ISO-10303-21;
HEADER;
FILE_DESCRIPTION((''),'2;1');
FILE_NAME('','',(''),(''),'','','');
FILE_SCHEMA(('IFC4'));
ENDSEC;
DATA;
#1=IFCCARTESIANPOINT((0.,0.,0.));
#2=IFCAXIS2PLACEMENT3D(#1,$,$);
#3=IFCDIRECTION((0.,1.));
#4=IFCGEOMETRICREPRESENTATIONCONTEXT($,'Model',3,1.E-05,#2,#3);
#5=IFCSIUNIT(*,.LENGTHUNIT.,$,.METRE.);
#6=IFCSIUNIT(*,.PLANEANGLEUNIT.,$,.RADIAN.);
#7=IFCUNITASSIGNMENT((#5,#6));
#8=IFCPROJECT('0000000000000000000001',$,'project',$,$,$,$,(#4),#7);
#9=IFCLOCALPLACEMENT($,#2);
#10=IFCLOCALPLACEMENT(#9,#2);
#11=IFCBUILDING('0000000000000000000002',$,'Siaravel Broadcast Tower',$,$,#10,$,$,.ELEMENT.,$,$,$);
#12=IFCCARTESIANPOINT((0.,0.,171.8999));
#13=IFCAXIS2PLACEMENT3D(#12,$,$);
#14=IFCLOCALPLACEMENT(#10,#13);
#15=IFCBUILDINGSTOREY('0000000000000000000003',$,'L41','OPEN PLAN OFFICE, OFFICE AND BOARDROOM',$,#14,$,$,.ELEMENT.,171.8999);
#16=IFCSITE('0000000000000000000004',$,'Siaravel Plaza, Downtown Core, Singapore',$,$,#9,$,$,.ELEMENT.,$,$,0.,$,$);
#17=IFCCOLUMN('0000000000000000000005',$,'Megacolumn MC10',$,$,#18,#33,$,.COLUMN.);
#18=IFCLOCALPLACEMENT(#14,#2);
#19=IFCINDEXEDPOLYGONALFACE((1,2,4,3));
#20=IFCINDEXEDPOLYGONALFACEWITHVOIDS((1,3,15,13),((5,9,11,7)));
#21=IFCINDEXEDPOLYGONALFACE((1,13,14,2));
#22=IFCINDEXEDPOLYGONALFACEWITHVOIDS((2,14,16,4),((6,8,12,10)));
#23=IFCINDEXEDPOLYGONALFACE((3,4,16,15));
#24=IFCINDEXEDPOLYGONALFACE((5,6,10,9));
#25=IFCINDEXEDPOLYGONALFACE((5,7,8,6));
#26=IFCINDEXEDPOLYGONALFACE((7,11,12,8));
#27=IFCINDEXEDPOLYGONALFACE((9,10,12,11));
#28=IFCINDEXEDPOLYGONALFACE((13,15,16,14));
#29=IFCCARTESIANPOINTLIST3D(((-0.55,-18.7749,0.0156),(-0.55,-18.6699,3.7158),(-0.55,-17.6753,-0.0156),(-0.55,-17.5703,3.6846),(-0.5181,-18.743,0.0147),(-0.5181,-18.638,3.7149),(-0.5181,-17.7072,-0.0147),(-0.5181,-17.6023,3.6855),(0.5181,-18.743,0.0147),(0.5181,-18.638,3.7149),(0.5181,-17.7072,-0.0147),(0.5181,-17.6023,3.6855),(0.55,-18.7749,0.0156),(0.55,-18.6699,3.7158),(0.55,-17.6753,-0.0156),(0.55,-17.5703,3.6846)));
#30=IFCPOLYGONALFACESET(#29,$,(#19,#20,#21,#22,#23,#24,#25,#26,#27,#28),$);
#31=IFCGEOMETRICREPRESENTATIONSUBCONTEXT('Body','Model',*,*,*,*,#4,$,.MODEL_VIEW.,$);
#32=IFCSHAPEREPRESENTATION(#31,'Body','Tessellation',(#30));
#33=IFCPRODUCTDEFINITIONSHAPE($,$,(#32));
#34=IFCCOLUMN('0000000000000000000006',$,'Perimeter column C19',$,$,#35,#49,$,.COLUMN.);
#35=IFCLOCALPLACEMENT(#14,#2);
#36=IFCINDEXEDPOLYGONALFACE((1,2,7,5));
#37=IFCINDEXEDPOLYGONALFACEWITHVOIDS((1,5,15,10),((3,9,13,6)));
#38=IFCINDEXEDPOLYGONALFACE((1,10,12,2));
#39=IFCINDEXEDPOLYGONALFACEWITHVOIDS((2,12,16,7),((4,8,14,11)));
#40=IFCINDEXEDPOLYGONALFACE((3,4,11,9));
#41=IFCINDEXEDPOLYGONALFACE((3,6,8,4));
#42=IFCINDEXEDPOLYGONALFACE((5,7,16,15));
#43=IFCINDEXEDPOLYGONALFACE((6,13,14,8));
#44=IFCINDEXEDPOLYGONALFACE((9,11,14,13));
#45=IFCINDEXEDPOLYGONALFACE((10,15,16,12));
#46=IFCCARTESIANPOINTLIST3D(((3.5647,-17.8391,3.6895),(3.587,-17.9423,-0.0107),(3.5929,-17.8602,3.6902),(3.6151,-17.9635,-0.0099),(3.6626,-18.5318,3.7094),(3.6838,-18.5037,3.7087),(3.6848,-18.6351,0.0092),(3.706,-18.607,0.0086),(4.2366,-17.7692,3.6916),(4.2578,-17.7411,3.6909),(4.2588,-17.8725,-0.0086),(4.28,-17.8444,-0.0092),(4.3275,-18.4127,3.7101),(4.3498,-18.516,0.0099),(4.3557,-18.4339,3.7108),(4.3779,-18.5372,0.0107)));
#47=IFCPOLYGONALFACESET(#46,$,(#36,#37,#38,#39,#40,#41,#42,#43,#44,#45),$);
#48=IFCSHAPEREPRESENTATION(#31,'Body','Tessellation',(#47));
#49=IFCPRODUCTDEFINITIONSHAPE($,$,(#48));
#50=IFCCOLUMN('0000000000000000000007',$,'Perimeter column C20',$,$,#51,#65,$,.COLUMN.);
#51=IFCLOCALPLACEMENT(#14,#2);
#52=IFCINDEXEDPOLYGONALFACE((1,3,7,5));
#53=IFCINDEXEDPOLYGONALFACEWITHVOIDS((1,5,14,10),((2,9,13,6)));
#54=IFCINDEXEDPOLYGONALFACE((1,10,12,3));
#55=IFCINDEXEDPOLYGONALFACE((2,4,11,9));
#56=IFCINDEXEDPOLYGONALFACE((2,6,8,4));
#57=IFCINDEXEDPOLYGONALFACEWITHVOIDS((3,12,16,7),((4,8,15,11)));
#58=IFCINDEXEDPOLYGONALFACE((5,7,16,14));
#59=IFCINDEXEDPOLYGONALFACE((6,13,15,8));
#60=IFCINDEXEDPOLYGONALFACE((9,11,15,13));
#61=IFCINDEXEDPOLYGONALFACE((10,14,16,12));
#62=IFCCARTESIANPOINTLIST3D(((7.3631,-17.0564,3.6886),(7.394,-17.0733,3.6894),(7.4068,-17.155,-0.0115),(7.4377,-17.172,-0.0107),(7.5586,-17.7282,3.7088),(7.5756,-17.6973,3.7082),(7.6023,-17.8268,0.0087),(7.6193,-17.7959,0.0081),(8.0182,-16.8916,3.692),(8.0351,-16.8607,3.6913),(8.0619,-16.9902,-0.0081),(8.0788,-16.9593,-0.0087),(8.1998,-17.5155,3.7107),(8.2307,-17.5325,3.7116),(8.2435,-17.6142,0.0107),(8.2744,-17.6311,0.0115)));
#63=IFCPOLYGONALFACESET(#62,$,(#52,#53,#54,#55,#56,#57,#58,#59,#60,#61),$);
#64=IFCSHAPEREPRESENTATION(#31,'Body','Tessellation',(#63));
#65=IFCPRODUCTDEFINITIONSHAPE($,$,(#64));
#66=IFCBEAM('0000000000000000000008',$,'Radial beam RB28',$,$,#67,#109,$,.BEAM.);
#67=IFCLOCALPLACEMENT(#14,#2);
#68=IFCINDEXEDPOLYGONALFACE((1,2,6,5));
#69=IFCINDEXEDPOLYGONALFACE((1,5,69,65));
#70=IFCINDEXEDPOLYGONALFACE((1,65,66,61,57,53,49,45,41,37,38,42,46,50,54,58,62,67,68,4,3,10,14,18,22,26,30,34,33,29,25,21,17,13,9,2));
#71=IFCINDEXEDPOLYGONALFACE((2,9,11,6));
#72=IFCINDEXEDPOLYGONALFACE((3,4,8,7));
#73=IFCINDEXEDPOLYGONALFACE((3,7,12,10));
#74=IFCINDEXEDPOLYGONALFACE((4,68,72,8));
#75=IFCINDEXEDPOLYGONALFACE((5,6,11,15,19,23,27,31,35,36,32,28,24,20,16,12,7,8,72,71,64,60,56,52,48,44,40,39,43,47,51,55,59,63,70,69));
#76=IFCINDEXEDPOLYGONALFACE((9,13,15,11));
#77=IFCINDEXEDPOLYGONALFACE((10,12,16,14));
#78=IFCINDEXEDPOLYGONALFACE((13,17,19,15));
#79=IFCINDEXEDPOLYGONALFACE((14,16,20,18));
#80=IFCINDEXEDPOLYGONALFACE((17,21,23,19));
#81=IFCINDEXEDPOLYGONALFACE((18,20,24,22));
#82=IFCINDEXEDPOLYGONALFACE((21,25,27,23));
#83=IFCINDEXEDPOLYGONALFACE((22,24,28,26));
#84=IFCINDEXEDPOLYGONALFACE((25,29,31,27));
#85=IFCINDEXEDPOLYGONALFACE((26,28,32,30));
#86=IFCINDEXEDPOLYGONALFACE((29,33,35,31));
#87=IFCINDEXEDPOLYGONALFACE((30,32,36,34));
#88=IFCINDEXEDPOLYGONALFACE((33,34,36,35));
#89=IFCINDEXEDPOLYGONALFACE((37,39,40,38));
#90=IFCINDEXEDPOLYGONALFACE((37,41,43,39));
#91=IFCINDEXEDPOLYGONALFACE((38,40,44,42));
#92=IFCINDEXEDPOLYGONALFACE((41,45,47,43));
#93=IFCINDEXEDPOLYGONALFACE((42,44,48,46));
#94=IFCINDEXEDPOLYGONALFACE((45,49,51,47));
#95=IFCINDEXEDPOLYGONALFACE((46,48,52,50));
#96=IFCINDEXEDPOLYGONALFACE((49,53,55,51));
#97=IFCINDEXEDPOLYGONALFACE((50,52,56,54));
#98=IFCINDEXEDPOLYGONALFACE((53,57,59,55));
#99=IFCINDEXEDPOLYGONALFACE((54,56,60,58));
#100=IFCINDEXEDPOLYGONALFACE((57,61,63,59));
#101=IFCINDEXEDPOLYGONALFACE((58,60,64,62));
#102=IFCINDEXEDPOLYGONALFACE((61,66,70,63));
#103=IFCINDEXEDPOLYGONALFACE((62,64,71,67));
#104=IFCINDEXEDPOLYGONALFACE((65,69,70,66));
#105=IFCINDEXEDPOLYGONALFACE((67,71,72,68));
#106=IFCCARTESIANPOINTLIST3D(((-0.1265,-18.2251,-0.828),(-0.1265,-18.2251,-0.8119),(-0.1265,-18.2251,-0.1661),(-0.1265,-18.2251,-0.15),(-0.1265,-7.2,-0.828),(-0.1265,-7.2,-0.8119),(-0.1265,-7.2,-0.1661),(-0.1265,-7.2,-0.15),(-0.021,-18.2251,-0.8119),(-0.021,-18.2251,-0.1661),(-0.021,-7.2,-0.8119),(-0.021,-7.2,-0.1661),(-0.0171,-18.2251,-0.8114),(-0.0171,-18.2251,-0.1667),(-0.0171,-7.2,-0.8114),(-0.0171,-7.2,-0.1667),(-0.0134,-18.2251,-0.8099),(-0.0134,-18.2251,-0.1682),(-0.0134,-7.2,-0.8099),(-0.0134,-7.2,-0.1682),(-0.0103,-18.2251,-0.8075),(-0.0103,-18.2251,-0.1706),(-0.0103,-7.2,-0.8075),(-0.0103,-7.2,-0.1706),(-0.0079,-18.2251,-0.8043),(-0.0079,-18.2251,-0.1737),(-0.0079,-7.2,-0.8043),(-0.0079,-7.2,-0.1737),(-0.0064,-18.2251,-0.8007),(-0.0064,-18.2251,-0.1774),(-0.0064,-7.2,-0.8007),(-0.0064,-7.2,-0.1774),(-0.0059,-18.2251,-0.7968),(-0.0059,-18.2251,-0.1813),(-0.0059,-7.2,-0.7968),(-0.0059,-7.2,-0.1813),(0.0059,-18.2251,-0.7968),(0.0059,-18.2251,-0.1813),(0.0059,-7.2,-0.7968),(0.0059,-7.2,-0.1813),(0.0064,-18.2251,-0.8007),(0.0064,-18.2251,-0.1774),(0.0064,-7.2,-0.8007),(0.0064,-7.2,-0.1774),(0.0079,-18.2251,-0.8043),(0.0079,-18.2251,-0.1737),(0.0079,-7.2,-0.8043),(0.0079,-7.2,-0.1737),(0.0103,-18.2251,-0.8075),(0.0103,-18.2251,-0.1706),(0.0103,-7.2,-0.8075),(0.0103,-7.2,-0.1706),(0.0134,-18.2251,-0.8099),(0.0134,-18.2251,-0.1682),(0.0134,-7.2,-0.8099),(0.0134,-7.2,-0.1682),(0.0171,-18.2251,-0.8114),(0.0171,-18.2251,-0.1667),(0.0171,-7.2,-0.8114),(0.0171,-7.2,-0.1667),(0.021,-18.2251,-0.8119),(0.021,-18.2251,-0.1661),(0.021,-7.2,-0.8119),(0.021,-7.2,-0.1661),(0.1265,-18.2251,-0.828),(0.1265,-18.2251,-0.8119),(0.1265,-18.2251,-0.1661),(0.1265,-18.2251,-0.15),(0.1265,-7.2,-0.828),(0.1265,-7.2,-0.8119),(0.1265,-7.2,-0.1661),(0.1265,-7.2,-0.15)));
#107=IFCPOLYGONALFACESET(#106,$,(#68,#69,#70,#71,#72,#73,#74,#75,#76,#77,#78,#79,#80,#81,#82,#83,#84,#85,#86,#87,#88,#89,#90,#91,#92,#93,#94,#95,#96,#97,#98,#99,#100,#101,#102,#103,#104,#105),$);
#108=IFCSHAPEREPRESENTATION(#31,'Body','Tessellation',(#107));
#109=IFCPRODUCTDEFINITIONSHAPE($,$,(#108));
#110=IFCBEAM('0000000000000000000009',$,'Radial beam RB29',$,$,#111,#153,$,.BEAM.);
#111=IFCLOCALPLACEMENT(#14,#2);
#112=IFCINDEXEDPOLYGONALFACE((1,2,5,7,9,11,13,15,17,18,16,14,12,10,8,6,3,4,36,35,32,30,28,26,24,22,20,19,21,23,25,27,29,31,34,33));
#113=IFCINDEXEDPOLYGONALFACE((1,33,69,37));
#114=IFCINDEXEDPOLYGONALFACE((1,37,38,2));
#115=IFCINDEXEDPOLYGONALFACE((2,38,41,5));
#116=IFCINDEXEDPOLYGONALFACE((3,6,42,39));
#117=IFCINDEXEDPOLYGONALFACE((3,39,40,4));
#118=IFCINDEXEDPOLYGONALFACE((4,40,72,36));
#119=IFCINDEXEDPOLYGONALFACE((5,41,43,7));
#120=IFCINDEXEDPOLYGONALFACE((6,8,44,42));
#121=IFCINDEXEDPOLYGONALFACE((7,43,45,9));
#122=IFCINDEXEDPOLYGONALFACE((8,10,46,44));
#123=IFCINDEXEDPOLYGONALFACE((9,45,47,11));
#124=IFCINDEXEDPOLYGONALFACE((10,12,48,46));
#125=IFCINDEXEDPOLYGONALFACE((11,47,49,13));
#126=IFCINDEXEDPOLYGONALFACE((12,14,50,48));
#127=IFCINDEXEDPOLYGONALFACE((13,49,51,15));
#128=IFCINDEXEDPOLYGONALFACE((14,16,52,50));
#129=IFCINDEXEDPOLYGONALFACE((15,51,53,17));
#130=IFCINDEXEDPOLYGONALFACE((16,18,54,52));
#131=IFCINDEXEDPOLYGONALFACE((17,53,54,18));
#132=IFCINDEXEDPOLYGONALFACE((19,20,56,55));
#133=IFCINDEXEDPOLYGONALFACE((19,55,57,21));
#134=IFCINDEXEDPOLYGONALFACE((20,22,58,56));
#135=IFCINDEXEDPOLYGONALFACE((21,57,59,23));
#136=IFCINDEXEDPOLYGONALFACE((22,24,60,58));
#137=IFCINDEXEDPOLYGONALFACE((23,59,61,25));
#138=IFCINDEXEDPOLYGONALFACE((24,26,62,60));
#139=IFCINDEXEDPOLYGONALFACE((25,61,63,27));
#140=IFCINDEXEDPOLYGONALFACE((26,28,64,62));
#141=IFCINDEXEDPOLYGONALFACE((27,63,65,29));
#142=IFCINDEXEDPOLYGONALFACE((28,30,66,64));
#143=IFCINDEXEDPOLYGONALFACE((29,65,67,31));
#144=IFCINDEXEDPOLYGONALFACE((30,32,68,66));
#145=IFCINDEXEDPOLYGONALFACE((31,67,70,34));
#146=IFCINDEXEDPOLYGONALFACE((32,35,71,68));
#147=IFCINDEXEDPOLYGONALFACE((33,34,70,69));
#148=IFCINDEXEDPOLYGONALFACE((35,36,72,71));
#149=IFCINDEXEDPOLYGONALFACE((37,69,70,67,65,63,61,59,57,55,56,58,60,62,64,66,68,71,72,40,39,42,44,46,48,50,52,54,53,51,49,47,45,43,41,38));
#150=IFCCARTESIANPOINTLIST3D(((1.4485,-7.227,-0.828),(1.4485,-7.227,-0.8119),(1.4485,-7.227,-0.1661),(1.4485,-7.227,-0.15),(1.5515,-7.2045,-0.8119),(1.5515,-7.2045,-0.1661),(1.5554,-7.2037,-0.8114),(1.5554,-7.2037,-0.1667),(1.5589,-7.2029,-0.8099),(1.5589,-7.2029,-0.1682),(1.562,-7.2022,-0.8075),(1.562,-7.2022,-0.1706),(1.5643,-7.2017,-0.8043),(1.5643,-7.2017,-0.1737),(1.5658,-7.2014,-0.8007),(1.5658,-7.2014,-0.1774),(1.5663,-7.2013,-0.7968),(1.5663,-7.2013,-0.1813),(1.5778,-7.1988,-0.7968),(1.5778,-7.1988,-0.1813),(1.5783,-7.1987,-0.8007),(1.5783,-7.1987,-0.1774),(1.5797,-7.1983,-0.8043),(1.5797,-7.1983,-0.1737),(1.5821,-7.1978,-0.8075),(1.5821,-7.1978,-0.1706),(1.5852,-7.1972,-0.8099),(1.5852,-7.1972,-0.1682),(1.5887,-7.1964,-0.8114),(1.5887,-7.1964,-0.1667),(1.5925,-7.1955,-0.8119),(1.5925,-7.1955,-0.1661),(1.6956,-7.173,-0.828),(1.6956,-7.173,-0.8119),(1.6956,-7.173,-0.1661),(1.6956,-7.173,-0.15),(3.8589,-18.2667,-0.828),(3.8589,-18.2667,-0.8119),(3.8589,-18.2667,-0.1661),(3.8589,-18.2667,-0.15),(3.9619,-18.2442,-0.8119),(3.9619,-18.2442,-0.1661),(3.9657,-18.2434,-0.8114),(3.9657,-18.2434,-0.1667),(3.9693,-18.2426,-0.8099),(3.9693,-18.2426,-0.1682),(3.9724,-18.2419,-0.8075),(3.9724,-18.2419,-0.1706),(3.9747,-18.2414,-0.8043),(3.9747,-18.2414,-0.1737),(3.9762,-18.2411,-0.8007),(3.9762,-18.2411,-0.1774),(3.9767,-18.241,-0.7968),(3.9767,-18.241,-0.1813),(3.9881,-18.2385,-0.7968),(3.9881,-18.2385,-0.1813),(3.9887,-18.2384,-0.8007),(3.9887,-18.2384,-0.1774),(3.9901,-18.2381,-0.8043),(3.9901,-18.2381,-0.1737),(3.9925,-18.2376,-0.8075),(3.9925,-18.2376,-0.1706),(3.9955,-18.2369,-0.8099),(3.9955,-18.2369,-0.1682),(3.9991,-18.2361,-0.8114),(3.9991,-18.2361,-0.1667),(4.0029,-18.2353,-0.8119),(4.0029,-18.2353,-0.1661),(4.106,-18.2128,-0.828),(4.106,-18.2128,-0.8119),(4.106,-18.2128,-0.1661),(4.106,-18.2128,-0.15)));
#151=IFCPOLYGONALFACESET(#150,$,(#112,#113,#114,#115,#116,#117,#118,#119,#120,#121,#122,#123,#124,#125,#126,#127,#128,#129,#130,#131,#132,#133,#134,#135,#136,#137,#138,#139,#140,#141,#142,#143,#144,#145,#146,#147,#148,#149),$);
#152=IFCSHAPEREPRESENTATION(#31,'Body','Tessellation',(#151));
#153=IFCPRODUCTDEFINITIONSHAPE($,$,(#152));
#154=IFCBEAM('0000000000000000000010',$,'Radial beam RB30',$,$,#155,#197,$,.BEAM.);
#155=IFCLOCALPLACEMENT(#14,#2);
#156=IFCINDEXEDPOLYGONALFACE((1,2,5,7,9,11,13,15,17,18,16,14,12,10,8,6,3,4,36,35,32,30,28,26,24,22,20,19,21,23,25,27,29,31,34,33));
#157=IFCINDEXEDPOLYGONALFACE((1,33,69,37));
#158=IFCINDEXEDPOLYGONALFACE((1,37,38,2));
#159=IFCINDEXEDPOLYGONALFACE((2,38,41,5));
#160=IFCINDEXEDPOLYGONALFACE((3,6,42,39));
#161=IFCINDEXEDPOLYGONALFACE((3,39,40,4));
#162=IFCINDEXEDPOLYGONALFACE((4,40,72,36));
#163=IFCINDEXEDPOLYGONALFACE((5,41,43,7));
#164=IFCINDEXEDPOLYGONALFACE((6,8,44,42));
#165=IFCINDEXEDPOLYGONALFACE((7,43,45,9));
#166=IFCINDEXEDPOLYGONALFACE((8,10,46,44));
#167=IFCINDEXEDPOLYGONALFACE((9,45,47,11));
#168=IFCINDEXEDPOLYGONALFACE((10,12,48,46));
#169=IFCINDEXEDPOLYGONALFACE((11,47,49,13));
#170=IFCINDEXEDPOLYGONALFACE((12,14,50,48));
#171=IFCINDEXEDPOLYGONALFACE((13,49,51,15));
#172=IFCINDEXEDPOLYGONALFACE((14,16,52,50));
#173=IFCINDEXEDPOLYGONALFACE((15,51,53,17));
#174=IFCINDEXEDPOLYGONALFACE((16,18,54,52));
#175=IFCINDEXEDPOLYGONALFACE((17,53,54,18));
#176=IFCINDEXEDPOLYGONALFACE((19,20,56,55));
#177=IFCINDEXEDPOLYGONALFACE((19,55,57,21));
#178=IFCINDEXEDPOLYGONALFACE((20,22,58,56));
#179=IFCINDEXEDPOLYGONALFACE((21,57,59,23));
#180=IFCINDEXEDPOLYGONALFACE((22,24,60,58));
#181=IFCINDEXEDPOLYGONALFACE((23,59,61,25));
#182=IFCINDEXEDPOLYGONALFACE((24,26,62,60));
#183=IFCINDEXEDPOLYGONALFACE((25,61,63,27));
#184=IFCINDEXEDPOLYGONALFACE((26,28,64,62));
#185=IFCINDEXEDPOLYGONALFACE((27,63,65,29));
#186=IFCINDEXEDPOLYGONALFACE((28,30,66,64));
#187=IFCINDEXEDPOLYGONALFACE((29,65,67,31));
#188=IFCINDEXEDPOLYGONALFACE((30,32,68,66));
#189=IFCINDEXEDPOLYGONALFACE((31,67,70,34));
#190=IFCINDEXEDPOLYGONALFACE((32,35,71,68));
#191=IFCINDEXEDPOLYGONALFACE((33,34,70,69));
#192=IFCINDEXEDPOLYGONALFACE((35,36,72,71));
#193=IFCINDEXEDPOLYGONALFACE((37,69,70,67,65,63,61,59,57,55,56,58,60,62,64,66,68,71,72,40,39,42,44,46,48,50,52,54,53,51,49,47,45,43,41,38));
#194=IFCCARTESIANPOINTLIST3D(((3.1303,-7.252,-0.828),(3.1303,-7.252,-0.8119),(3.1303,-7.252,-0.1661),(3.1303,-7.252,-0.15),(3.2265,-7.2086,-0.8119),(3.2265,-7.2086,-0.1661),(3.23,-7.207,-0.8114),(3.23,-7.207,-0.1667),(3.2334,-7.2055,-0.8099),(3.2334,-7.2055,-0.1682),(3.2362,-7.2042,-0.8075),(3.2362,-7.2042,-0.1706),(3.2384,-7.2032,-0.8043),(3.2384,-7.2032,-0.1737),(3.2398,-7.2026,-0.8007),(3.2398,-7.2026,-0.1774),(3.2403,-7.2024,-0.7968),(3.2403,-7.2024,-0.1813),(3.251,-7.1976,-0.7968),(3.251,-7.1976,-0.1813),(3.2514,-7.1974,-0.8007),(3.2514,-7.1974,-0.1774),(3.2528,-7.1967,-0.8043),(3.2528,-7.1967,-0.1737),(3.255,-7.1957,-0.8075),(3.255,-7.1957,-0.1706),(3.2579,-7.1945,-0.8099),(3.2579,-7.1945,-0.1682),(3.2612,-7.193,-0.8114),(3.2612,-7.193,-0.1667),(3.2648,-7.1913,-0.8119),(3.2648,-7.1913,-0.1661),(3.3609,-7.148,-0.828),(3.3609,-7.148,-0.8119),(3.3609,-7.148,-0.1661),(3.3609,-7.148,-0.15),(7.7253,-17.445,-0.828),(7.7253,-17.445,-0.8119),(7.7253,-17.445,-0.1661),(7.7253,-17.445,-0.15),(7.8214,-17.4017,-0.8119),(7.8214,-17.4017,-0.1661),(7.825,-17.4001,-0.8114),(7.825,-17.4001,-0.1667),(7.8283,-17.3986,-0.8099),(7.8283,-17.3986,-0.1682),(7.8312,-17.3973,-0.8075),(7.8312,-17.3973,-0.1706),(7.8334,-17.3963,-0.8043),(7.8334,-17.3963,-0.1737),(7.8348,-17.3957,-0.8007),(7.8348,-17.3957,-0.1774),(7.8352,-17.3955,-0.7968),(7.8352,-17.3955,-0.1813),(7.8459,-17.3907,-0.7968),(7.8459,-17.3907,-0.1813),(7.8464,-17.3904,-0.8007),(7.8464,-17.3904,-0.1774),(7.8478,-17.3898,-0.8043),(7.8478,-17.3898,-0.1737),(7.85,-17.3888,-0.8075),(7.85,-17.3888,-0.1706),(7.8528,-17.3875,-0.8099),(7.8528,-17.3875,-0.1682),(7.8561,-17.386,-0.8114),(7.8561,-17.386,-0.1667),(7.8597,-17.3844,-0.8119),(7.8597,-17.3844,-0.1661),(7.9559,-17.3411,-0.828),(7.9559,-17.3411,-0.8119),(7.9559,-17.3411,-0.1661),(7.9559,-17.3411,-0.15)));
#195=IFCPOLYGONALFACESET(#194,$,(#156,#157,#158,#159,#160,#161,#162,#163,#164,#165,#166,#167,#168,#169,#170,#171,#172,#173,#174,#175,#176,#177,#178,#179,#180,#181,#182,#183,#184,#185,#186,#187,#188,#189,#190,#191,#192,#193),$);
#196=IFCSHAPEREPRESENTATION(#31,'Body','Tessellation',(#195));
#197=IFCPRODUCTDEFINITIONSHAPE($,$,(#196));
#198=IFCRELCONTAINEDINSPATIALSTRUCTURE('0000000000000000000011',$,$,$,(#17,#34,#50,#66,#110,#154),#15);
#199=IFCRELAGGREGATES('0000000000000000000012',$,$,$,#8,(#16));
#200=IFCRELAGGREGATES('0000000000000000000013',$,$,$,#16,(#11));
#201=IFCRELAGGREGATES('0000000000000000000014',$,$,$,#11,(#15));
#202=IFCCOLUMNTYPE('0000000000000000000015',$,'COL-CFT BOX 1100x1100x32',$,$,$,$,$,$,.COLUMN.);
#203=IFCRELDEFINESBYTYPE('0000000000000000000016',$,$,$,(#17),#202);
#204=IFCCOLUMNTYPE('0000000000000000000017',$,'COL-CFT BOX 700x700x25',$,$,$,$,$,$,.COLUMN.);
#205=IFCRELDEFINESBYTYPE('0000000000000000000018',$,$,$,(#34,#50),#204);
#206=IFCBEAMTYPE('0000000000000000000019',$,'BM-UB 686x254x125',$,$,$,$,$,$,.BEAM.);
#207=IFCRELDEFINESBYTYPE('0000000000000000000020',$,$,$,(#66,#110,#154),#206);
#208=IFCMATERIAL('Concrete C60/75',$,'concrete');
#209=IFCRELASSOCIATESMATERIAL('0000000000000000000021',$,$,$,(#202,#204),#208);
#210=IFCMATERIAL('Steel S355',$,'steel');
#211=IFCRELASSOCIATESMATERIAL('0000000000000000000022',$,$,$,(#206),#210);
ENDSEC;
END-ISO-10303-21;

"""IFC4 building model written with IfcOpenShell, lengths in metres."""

from ifc_helpers import new_model, si_unit, direction, frame, origin, origin_2d, place, context, subcontext, project, spatial, hollow_rectangle, i_section, extrude, material, material_profile, profile_set, type_object, element, save


model = new_model("IFC4")

# Units and contexts
model_context = context("Model", 3, precision=1e-05, world=origin(), true_north=direction((0.0, 1.0)))
body_context = subcontext(model_context, "Body", "Model", "MODEL_VIEW")
ifc_project = project(units=[si_unit("LENGTHUNIT", "METRE"), si_unit("PLANEANGLEUNIT", "RADIAN")], contexts=[model_context])

# Site, building, storey
site_placement = place(None, origin())
site = spatial("IfcSite", under=ifc_project, at=site_placement, Name="Siaravel Plaza, Downtown Core, Singapore", CompositionType="ELEMENT", RefElevation=0.0)
building_placement = place(site_placement, origin())
building = spatial("IfcBuilding", under=site, at=building_placement, Name="Siaravel Broadcast Tower", CompositionType="ELEMENT")
storey_placement = place(building_placement, frame((0.0, 0.0, 171.8999)))
storey = spatial("IfcBuildingStorey", under=building, at=storey_placement, Name="L41", Description="OPEN PLAN OFFICE, OFFICE AND BOARDROOM", CompositionType="ELEMENT", Elevation=171.8999)

# Columns
ifc_material_1 = material(Name="Concrete C60/75", Category="concrete")
ifc_material_profile_1 = material_profile(ifc_material_1, hollow_rectangle(XDim=1.1001, YDim=1.1001, WallThickness=0.032, at=origin_2d()))
ifc_profile_set_1 = profile_set([ifc_material_profile_1], Name="Concrete C60/75")
column_type_1 = type_object("IfcColumnType", Name="COL-CFT BOX 1100x1100x32", PredefinedType="COLUMN", material=ifc_profile_set_1)
column_placement = place(storey_placement, frame((0.0, -18.2251, 0.0), z_axis=(0.0, 0.02836, 0.999598), x_axis=(-1.0, 0.0, 0.0)))
element("IfcColumn", 1, at=column_placement, inside=storey, type_object=column_type_1, Name="Megacolumn MC10", PredefinedType="COLUMN", context=body_context, shape_type="SweptSolid", body=[
    extrude(hollow_rectangle(XDim=1.1001, YDim=1.1001, WallThickness=0.032, at=origin_2d()), origin(), (0.0, 0.0, 1.0), 3.7017),
])
ifc_material_profile_2 = material_profile(ifc_material_1, hollow_rectangle(XDim=0.7, YDim=0.7, WallThickness=0.0249, at=origin_2d()))
ifc_profile_set_2 = profile_set([ifc_material_profile_2], Name="Concrete C60/75")
column_type_2 = type_object("IfcColumnType", Name="COL-CFT BOX 700x700x25", PredefinedType="COLUMN", material=ifc_profile_set_2)
for number, where, z_axis, x_axis, name in (
    (2, (3.9824, -18.2397, 0.0), (-0.006002, 0.027898, 0.999593), (-0.990157, -0.139945, -0.002039), "Perimeter column C19"),
    (3, (7.8406, -17.3931, 0.0), (-0.011805, 0.026645, 0.999575), (-0.960112, -0.27959, -0.003887), "Perimeter column C20"),
):
    element("IfcColumn", number, at=place(storey_placement, frame(where, z_axis=z_axis, x_axis=x_axis)), inside=storey, type_object=column_type_2, Name=name, PredefinedType="COLUMN", context=body_context, shape_type="SweptSolid", body=[
        extrude(hollow_rectangle(XDim=0.7, YDim=0.7, WallThickness=0.0249, at=origin_2d()), origin(), (0.0, 0.0, 1.0), 3.7017),
    ])

# Beams
ifc_material_2 = material(Name="Steel S355", Category="steel")
ifc_material_profile_3 = material_profile(ifc_material_2, i_section(OverallWidth=0.2529, OverallDepth=0.678, WebThickness=0.0117, FlangeThickness=0.0161, FilletRadius=0.0151, at=origin_2d()))
ifc_profile_set_3 = profile_set([ifc_material_profile_3], Name="Steel S355")
beam_type = type_object("IfcBeamType", Name="BM-UB 686x254x125", PredefinedType="BEAM", material=ifc_profile_set_3)
beam_1_placement = place(storey_placement, frame((0.0, -18.2251, -0.489), z_axis=(0.0, 1.0, 0.0), x_axis=(-1.0, 0.0, 0.0)))
element("IfcBeam", 4, at=beam_1_placement, inside=storey, type_object=beam_type, Name="Radial beam RB28", PredefinedType="BEAM", context=body_context, shape_type="SweptSolid", body=[
    extrude(i_section(OverallWidth=0.2529, OverallDepth=0.678, WebThickness=0.0117, FlangeThickness=0.0161, FilletRadius=0.0151, at=origin_2d()), origin(), (0.0, 0.0, 1.0), 11.0251),
])
beam_2_placement = place(storey_placement, frame((3.9824, -18.2397, -0.489), z_axis=(-0.213312, 0.976984, 0.0), x_axis=(-0.976984, -0.213312, 0.0)))
element("IfcBeam", 5, at=beam_2_placement, inside=storey, type_object=beam_type, Name="Radial beam RB29", PredefinedType="BEAM", context=body_context, shape_type="SweptSolid", body=[
    extrude(i_section(OverallWidth=0.2529, OverallDepth=0.678, WebThickness=0.0117, FlangeThickness=0.0161, FilletRadius=0.0151, at=origin_2d()), origin(), (0.0, 0.0, 1.0), 11.2998),
])
beam_3_placement = place(storey_placement, frame((7.8406, -17.3931, -0.489), z_axis=(-0.410965, 0.911651, 0.0), x_axis=(-0.911651, -0.410965, 0.0)))
element("IfcBeam", 6, at=beam_3_placement, inside=storey, type_object=beam_type, Name="Radial beam RB30", PredefinedType="BEAM", context=body_context, shape_type="SweptSolid", body=[
    extrude(i_section(OverallWidth=0.2529, OverallDepth=0.678, WebThickness=0.0117, FlangeThickness=0.0161, FilletRadius=0.0151, at=origin_2d()), origin(), (0.0, 0.0, 1.0), 11.1809),
])

save(model, "model.ifc")
